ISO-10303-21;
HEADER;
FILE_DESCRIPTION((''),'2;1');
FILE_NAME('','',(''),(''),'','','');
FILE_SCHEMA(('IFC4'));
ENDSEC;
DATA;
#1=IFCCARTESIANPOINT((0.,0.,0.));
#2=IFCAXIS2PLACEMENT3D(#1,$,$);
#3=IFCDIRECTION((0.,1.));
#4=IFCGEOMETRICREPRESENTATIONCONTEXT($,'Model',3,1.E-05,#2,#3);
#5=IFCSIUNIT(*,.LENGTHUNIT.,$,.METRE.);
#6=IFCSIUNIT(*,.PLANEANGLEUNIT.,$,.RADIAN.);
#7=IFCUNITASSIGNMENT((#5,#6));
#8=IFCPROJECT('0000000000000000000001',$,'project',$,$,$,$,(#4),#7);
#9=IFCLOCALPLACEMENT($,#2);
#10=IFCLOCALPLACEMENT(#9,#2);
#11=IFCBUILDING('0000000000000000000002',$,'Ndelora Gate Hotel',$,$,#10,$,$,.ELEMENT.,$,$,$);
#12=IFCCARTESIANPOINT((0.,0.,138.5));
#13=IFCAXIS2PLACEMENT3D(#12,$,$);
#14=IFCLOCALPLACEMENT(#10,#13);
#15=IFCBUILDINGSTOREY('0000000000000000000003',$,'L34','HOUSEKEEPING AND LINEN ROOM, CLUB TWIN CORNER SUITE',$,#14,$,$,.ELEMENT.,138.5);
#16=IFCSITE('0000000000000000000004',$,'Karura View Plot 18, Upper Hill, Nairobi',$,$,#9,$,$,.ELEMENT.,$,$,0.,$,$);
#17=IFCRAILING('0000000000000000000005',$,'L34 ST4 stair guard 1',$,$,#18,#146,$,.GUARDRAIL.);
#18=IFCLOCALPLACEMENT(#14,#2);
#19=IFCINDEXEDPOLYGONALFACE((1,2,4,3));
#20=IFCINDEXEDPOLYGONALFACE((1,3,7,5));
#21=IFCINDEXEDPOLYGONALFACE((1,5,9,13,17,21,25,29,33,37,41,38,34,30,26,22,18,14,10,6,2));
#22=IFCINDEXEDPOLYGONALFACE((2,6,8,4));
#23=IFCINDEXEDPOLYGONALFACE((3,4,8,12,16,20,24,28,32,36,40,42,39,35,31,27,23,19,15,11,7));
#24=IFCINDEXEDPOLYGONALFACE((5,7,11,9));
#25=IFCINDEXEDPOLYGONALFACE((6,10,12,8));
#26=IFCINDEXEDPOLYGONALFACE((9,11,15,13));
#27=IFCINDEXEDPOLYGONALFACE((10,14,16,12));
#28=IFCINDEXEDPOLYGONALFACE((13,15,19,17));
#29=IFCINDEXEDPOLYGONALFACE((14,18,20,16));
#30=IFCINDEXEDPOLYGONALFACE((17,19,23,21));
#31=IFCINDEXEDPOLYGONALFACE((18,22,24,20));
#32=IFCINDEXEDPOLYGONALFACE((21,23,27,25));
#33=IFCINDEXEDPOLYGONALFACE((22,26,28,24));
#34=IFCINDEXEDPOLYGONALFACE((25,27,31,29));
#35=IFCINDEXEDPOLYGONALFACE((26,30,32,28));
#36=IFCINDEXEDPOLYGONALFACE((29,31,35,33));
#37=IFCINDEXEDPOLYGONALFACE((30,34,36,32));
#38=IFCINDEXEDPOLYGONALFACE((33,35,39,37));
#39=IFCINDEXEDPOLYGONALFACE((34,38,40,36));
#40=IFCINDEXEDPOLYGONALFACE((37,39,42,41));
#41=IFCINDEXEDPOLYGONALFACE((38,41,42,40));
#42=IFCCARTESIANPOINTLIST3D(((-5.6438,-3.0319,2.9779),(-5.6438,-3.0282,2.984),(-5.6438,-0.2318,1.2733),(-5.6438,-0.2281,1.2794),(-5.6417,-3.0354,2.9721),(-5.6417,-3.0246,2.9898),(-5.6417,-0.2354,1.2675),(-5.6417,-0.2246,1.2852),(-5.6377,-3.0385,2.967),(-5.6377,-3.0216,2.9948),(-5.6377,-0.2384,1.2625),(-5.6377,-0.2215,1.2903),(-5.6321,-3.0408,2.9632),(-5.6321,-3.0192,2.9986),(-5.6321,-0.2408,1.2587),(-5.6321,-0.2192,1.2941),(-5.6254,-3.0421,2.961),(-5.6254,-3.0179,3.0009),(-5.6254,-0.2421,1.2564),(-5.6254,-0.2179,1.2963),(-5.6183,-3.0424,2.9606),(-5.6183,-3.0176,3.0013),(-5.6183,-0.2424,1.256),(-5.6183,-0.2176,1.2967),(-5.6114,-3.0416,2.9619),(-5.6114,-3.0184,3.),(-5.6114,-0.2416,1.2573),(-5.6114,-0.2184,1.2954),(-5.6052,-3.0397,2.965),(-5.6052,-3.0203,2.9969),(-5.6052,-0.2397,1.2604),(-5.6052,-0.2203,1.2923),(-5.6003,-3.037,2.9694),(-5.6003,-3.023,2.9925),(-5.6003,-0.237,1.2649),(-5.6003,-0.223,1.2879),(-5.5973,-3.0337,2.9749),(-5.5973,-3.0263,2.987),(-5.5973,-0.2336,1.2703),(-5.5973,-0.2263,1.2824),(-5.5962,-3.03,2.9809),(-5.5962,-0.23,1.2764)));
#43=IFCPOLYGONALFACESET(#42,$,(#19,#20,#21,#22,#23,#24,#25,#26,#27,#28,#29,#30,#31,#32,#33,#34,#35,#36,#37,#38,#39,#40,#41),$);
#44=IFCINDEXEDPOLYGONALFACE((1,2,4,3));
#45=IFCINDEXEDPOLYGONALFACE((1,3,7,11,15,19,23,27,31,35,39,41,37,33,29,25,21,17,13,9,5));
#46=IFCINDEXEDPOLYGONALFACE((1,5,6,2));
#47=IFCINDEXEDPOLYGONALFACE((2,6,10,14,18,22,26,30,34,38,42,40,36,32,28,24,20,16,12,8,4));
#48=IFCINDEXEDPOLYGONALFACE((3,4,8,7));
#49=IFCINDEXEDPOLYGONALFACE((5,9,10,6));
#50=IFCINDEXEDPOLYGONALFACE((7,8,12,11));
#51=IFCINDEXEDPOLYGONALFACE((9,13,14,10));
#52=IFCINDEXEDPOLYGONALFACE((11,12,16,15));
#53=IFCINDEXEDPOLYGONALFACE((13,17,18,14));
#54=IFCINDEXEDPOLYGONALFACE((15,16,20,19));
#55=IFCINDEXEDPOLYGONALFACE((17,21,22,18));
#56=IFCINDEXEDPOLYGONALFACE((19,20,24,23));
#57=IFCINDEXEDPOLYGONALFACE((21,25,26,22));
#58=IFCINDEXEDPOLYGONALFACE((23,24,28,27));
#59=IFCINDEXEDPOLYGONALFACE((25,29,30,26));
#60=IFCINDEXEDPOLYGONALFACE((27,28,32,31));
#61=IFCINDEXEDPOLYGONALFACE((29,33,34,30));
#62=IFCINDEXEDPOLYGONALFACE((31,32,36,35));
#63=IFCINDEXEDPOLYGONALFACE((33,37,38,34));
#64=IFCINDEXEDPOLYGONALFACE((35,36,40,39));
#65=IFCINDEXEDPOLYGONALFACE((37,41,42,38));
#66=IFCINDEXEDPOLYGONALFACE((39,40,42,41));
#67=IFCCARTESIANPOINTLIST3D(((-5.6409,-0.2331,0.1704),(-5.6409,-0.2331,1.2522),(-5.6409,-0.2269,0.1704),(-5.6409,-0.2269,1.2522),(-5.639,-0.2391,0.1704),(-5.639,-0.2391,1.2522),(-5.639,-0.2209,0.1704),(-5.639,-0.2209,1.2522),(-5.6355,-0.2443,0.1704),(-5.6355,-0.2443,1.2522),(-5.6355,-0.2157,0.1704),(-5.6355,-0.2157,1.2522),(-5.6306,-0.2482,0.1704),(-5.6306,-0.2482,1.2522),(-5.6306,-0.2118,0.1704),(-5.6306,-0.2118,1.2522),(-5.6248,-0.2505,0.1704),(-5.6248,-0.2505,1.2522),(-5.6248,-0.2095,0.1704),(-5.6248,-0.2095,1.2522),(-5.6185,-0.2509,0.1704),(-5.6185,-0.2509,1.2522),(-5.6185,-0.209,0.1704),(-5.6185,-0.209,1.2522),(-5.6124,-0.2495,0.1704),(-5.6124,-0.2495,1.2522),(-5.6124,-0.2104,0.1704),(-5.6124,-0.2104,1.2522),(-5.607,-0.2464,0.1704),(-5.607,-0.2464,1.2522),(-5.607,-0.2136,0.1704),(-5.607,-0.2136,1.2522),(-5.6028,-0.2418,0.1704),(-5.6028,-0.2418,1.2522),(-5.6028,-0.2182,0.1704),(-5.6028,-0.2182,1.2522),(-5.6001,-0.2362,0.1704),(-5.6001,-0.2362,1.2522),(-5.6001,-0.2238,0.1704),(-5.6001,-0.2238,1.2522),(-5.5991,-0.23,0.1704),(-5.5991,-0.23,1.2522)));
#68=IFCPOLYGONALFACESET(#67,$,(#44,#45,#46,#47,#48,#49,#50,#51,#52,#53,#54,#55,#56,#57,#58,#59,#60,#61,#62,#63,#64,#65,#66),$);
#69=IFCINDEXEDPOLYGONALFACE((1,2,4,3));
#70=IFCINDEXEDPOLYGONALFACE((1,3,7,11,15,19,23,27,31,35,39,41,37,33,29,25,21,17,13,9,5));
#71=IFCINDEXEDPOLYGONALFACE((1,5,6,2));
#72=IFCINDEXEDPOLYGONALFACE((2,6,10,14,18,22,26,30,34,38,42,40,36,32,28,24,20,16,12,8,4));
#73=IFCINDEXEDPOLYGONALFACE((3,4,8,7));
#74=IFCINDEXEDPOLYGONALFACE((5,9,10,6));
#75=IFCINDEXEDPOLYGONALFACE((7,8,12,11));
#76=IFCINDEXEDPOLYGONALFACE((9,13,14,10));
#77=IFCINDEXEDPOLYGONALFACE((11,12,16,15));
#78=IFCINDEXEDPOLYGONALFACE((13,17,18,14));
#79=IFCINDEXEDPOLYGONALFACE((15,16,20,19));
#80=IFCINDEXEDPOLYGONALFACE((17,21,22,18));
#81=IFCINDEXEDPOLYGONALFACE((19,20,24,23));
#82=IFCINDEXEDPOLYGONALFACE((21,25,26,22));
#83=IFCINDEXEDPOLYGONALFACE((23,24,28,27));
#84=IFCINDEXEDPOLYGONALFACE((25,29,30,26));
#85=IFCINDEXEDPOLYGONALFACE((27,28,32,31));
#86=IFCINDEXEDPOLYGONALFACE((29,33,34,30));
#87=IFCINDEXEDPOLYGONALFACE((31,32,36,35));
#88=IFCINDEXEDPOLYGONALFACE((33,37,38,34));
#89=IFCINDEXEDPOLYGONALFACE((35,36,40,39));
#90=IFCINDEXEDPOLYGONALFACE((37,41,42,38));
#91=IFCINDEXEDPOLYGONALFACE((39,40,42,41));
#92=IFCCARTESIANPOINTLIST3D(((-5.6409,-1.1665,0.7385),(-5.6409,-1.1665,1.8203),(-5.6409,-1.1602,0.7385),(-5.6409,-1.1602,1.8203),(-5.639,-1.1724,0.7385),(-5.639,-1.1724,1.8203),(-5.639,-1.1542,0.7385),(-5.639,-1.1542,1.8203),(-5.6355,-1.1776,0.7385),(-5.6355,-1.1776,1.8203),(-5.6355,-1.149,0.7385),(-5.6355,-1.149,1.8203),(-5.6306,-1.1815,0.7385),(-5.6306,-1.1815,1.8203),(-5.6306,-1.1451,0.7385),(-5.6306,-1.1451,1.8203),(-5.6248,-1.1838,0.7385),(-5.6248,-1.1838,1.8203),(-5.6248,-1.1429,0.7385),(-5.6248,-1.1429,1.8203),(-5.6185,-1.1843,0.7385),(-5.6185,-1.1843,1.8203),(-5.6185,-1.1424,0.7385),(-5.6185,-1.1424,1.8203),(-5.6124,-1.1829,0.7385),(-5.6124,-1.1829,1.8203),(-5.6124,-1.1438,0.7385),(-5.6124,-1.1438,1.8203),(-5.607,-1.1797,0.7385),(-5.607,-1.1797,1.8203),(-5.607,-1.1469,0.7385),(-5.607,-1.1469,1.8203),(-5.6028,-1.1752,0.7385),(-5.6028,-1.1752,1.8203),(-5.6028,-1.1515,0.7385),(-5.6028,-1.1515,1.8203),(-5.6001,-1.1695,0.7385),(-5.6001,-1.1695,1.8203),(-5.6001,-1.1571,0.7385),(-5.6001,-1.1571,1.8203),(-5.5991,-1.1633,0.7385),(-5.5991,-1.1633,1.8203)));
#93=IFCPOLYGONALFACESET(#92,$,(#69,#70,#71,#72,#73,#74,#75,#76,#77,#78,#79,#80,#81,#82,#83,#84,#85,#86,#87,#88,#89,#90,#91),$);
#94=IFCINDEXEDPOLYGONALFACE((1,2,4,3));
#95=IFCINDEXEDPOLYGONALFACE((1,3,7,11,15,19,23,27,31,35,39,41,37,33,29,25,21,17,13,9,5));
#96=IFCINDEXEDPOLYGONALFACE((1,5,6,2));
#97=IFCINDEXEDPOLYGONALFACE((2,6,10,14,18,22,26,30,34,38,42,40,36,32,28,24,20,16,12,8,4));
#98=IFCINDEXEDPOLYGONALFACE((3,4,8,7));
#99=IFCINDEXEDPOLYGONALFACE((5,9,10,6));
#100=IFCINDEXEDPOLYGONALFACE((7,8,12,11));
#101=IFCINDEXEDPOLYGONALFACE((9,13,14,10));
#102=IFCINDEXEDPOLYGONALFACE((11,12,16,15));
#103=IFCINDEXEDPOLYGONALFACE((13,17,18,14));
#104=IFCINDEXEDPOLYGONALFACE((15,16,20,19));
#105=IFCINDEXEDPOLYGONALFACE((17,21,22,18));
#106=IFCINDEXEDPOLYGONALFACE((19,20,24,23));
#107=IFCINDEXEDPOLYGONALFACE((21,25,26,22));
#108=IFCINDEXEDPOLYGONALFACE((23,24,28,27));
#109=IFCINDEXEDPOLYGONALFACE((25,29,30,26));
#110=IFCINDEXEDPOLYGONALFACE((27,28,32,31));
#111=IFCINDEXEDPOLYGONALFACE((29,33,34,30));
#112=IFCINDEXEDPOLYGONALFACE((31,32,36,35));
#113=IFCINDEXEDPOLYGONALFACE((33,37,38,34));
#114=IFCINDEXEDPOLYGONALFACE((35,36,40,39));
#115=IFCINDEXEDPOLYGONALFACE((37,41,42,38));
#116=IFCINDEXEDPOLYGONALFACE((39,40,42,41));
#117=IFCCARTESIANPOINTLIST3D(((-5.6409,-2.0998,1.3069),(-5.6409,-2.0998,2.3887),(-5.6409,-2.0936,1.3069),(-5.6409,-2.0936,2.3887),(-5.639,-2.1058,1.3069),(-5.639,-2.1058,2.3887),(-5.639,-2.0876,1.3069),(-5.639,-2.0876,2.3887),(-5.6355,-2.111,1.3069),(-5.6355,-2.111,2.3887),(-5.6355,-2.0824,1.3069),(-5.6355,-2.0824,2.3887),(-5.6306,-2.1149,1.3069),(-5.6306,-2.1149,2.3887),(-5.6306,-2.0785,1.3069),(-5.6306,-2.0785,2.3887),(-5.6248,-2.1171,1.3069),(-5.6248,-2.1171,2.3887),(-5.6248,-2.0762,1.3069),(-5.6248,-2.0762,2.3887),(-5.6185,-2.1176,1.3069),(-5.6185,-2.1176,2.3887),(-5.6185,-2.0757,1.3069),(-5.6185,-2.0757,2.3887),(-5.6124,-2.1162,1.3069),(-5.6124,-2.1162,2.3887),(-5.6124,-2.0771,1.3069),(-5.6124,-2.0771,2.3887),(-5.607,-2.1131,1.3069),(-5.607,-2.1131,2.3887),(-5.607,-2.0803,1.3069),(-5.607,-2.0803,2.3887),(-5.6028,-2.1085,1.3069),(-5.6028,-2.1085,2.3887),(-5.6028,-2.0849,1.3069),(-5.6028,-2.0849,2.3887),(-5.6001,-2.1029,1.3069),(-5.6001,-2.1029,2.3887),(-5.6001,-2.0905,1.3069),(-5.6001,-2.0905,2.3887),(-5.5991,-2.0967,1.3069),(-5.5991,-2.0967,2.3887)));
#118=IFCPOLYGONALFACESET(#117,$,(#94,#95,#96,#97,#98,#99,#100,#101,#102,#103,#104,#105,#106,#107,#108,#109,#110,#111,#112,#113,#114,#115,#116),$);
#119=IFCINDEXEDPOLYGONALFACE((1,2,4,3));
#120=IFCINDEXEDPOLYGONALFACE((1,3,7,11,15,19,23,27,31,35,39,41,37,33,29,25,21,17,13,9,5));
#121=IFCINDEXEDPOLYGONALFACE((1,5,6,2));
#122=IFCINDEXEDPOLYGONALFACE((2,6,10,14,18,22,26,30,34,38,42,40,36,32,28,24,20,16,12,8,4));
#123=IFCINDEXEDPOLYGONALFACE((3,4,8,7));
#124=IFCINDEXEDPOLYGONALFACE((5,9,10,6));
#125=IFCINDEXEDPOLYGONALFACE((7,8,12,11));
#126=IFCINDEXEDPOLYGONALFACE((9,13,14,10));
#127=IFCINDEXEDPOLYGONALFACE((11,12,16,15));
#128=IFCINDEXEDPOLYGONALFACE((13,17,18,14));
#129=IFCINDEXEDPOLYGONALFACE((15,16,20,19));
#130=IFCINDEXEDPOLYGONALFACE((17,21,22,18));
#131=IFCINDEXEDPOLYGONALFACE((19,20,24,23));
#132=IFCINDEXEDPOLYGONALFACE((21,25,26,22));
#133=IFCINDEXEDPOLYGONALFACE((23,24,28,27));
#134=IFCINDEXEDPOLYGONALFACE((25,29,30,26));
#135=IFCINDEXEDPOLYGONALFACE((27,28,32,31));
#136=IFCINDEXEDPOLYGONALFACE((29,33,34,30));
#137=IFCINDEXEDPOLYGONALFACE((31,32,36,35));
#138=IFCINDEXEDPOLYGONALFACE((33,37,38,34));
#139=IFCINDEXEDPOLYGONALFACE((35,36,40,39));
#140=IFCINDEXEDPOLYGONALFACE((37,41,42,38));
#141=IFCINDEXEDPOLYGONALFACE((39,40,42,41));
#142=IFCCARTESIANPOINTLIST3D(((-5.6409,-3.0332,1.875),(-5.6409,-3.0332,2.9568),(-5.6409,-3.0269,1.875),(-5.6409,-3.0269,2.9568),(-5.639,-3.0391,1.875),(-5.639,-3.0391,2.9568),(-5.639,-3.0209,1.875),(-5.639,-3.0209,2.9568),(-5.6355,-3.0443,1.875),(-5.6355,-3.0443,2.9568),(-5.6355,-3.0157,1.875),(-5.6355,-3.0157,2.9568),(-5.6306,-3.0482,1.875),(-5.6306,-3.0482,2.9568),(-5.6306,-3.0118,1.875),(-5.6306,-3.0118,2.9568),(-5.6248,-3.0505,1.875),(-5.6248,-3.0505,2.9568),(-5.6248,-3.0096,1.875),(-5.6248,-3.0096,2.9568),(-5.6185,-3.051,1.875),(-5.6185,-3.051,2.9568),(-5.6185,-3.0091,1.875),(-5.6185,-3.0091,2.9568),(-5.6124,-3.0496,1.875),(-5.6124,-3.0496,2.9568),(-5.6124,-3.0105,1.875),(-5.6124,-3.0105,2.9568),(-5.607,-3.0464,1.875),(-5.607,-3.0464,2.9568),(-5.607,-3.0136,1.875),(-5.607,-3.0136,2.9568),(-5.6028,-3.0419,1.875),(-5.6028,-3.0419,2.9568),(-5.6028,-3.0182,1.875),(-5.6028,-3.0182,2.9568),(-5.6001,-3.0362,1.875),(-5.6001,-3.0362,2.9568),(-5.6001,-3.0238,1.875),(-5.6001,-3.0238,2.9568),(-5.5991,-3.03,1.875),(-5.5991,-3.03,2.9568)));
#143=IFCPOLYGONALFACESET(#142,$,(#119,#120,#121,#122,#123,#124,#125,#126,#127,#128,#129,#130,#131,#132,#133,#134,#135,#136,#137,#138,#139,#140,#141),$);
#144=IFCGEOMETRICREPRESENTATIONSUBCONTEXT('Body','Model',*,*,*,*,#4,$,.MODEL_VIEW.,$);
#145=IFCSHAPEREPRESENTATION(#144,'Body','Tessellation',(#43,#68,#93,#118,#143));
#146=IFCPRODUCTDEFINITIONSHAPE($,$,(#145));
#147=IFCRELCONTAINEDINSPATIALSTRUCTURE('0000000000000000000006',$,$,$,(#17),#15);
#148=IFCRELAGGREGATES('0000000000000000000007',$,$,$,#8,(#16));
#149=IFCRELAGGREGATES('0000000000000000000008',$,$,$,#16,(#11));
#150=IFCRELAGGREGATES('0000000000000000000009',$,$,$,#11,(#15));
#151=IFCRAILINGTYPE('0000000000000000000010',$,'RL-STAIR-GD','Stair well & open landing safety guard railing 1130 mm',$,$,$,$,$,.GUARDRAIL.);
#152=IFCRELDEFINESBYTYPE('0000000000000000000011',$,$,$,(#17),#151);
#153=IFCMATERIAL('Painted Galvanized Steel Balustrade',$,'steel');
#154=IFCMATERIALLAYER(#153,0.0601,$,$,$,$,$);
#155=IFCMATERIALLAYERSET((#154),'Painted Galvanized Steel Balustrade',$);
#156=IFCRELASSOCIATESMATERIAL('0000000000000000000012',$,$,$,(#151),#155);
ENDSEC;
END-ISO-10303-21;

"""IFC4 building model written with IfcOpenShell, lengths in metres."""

from ifc_helpers import new_model, si_unit, direction, frame, origin, origin_2d, place, context, subcontext, project, spatial, circle, extrude, material, layer, layer_set, type_object, element, save


model = new_model("IFC4")

# Units and contexts
model_context = context("Model", 3, precision=1e-05, world=origin(), true_north=direction((0.0, 1.0)))
body_context = subcontext(model_context, "Body", "Model", "MODEL_VIEW")
ifc_project = project(units=[si_unit("LENGTHUNIT", "METRE"), si_unit("PLANEANGLEUNIT", "RADIAN")], contexts=[model_context])

# Site, building, storey
site_placement = place(None, origin())
site = spatial("IfcSite", under=ifc_project, at=site_placement, Name="Karura View Plot 18, Upper Hill, Nairobi", CompositionType="ELEMENT", RefElevation=0.0)
building_placement = place(site_placement, origin())
building = spatial("IfcBuilding", under=site, at=building_placement, Name="Ndelora Gate Hotel", CompositionType="ELEMENT")
storey_placement = place(building_placement, frame((0.0, 0.0, 138.5)))
storey = spatial("IfcBuildingStorey", under=building, at=storey_placement, Name="L34", Description="HOUSEKEEPING AND LINEN ROOM, CLUB TWIN CORNER SUITE", CompositionType="ELEMENT", Elevation=138.5)

# Railing
ifc_material_1 = material(Name="Painted Galvanized Steel Balustrade", Category="steel")
ifc_layer_1 = layer(ifc_material_1, 0.0601)
ifc_layer_set_1 = layer_set([ifc_layer_1], Name="Painted Galvanized Steel Balustrade")
railing_type_1 = type_object("IfcRailingType", Name="RL-STAIR-GD", Description="Stair well & open landing safety guard railing 1130 mm", PredefinedType="GUARDRAIL", material=ifc_layer_set_1)
railing_1_placement = place(storey_placement, frame((-5.6201, -0.23, 0.1704)))
element("IfcRailing", 1, at=railing_1_placement, inside=storey, type_object=railing_type_1, Name="L34 ST4 stair guard 1", PredefinedType="GUARDRAIL", context=body_context, shape_type="SweptSolid", body=[
    extrude(circle(Radius=0.0239, at=origin_2d()), frame((0.0, 0.0, 1.106), z_axis=(0.0, -0.85417, 0.519994), x_axis=(1.0, 0.0, 0.0)), (0.0, 0.0, 1.0), 3.2781),
    extrude(circle(Radius=0.021, at=origin_2d()), origin(), (0.0, 0.0, 1.0), 1.0818),
    extrude(circle(Radius=0.021, at=origin_2d()), frame((0.0, -0.9333, 0.5681)), (0.0, 0.0, 1.0), 1.0818),
    extrude(circle(Radius=0.021, at=origin_2d()), frame((0.0, -1.8667, 1.1365)), (0.0, 0.0, 1.0), 1.0818),
    extrude(circle(Radius=0.021, at=origin_2d()), frame((0.0, -2.8, 1.7046)), (0.0, 0.0, 1.0), 1.0818),
])

save(model, "model.ifc")
